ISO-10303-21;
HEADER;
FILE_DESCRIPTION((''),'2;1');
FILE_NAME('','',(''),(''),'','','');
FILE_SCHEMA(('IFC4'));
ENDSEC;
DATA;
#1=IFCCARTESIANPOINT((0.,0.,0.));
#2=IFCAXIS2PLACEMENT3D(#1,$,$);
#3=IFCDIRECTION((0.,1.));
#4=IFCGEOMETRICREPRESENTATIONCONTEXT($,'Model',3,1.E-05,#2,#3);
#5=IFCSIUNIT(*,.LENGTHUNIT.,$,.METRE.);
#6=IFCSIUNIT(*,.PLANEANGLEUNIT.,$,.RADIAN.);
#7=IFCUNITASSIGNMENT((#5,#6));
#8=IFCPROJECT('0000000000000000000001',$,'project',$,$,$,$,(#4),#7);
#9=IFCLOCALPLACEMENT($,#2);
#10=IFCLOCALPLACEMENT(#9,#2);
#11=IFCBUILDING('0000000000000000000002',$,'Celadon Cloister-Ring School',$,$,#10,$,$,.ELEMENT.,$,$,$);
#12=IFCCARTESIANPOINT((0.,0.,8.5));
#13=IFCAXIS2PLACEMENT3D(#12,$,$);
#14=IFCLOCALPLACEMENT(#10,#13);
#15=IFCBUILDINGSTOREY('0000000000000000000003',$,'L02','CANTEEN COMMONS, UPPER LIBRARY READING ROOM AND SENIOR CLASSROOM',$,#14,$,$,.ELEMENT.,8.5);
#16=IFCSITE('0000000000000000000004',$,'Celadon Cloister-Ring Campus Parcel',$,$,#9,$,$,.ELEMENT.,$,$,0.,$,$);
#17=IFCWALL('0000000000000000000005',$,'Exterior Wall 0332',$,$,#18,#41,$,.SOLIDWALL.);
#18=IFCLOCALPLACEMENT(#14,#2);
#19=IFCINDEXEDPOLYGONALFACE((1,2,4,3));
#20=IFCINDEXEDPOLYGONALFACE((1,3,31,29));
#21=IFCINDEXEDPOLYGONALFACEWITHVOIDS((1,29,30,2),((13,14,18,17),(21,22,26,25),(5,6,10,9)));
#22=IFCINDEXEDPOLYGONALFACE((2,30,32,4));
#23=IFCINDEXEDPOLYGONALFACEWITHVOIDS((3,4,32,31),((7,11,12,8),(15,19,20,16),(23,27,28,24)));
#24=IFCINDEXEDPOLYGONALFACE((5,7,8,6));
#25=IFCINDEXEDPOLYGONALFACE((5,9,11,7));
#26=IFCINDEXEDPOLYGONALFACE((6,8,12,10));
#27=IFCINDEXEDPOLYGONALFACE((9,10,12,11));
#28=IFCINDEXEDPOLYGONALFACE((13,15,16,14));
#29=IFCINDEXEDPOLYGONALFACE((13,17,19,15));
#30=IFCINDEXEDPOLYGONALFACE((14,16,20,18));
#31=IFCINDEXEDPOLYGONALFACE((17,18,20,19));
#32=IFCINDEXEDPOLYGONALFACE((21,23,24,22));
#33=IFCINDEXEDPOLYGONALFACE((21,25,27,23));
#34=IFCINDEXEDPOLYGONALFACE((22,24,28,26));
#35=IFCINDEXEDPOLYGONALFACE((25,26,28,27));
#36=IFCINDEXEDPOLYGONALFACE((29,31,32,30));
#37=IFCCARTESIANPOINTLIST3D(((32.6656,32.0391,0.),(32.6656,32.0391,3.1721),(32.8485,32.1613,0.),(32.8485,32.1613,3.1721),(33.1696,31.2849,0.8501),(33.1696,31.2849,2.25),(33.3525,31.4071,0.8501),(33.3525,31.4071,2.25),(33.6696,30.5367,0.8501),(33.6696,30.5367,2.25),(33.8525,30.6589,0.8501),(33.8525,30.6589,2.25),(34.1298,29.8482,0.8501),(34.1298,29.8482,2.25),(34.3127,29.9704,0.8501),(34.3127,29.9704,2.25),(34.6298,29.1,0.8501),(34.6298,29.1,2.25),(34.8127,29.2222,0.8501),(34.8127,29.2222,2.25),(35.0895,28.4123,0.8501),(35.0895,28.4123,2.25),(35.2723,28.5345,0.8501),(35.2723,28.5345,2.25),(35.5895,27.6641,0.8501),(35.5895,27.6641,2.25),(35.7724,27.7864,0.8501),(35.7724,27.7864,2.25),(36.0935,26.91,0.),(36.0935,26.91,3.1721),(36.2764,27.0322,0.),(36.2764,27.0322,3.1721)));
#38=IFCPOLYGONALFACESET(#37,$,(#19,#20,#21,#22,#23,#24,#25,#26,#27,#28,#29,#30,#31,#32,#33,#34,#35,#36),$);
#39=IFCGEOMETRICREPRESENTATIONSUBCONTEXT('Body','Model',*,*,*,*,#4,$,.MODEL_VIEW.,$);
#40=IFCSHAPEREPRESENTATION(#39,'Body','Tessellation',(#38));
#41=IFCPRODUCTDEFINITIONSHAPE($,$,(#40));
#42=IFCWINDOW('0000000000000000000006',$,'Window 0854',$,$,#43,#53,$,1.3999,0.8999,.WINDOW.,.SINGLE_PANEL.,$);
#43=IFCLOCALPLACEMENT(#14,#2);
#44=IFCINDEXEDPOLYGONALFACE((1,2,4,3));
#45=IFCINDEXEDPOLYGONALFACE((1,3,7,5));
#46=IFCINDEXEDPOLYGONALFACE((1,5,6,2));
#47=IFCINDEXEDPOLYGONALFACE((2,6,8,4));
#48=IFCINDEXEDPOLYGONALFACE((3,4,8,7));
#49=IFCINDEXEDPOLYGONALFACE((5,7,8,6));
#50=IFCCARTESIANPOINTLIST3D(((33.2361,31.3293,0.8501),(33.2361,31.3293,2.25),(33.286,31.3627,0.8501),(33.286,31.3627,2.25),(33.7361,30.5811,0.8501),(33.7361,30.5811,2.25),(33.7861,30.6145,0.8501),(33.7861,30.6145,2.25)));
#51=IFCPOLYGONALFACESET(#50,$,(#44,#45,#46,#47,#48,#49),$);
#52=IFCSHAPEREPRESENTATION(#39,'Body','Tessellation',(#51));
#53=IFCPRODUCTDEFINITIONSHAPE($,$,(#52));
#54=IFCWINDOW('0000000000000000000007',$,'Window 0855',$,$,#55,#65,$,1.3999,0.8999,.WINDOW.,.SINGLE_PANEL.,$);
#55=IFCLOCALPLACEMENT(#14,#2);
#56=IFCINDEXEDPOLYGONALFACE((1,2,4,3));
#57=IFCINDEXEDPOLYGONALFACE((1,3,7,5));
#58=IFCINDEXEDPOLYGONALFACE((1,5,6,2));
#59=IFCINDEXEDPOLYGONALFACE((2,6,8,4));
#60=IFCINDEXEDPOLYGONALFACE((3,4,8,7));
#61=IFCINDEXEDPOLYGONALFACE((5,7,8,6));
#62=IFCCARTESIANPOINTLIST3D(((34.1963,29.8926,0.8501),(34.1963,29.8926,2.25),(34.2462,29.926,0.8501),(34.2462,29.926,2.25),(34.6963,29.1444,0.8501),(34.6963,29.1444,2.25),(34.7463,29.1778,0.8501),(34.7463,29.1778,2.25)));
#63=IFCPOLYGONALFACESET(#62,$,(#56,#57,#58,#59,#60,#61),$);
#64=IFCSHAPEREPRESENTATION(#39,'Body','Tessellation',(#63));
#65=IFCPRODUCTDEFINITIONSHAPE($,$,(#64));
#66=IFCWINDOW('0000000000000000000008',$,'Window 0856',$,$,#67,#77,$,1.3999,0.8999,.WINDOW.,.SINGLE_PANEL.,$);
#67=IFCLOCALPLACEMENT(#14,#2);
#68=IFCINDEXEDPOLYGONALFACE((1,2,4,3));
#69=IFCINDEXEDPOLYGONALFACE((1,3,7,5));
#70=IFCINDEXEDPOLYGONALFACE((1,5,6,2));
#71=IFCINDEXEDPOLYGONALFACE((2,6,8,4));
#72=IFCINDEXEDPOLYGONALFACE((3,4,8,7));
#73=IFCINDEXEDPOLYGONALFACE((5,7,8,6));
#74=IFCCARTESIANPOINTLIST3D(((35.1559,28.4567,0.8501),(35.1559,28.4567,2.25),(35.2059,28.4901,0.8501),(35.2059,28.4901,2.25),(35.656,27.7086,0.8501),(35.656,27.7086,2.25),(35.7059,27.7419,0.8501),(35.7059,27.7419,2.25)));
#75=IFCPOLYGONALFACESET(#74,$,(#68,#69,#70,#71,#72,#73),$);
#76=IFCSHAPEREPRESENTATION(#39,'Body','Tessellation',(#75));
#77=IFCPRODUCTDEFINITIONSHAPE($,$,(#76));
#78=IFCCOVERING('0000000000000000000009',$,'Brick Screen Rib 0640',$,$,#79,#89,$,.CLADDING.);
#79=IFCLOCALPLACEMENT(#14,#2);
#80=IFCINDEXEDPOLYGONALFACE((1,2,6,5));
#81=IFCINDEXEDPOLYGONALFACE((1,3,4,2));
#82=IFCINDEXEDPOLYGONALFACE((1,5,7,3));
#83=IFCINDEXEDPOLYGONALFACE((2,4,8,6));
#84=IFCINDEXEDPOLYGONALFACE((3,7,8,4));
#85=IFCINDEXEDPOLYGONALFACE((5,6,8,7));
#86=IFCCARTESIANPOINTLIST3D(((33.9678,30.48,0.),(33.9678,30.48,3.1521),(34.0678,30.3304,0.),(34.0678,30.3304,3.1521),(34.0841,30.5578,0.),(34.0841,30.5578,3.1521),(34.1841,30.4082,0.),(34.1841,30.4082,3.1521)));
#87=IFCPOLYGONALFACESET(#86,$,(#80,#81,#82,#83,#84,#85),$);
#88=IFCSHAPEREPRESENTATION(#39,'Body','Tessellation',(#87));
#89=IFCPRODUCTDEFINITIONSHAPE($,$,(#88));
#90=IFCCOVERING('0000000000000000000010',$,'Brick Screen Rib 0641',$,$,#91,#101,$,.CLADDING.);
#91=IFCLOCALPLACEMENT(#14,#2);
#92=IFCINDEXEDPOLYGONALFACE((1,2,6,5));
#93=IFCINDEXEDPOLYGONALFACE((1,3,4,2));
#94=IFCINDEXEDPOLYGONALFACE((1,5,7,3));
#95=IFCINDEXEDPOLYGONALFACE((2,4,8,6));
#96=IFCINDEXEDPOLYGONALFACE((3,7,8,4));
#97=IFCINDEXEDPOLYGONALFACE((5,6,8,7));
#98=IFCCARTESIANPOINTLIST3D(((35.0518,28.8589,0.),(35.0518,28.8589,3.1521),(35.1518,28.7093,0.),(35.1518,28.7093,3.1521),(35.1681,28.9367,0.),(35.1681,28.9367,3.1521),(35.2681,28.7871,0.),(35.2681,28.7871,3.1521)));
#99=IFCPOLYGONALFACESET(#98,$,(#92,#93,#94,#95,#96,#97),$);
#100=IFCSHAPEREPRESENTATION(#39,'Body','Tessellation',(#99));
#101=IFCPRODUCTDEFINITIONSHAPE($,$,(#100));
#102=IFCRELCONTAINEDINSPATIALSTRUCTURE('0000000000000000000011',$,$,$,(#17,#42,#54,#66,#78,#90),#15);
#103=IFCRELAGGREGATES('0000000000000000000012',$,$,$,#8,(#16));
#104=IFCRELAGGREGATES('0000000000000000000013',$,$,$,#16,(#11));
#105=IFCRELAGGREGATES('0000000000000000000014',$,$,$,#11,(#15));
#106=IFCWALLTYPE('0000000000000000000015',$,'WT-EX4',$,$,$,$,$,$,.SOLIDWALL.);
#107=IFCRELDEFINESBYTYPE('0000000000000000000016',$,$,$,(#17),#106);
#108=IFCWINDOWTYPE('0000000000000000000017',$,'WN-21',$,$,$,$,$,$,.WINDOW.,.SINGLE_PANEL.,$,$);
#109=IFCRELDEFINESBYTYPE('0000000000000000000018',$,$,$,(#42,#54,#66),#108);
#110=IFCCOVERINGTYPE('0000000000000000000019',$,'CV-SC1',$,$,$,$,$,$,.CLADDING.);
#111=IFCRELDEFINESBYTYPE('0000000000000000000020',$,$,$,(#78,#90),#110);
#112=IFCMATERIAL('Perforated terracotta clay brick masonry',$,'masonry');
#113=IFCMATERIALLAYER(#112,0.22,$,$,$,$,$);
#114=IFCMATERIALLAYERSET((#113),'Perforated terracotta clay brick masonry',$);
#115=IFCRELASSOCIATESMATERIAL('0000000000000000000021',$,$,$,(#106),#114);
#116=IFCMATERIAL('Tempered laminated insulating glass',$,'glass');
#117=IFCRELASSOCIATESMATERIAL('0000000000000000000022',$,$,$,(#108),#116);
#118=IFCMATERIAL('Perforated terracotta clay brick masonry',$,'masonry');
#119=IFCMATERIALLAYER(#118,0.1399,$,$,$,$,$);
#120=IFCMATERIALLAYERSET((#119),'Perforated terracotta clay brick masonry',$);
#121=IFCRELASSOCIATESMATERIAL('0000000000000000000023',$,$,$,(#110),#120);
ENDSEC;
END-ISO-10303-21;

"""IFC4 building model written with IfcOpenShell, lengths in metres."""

from ifc_helpers import new_model, si_unit, direction, frame, frame_2d, origin, origin_2d, place, context, subcontext, project, spatial, rectangle, extrude, material, layer, layer_set, type_object, element, fill, save


model = new_model("IFC4")

# Units and contexts
model_context = context("Model", 3, precision=1e-05, world=origin(), true_north=direction((0.0, 1.0)))
body_context = subcontext(model_context, "Body", "Model", "MODEL_VIEW")
ifc_project = project(units=[si_unit("LENGTHUNIT", "METRE"), si_unit("PLANEANGLEUNIT", "RADIAN")], contexts=[model_context])

# Site, building, storey
site_placement = place(None, origin())
site = spatial("IfcSite", under=ifc_project, at=site_placement, Name="Celadon Cloister-Ring Campus Parcel", CompositionType="ELEMENT", RefElevation=0.0)
building_placement = place(site_placement, origin())
building = spatial("IfcBuilding", under=site, at=building_placement, Name="Celadon Cloister-Ring School", CompositionType="ELEMENT")
storey_placement = place(building_placement, frame((0.0, 0.0, 8.5)))
storey = spatial("IfcBuildingStorey", under=building, at=storey_placement, Name="L02", Description="CANTEEN COMMONS, UPPER LIBRARY READING ROOM AND SENIOR CLASSROOM", CompositionType="ELEMENT", Elevation=8.5)

# Wall, openings, windows
ifc_material_1 = material(Name="Perforated terracotta clay brick masonry", Category="masonry")
ifc_layer_1 = layer(ifc_material_1, 0.22)
ifc_layer_set_1 = layer_set([ifc_layer_1], Name="Perforated terracotta clay brick masonry")
wall_type = type_object("IfcWallType", Name="WT-EX4", PredefinedType="SOLIDWALL", material=ifc_layer_set_1)
ifc_material_2 = material(Name="Tempered laminated insulating glass", Category="glass")
window_type = type_object("IfcWindowType", Name="WN-21", PartitioningType="SINGLE_PANEL", PredefinedType="WINDOW", material=ifc_material_2)
wall_1_placement = place(storey_placement, frame((32.7571, 32.1001, 0.0), z_axis=(0.0, 0.0, 1.0), x_axis=(0.555659, -0.83141, 0.0)))
wall_1 = element("IfcWall", 1, at=wall_1_placement, inside=storey, type_object=wall_type, Name="Exterior Wall 0332", PredefinedType="SOLIDWALL", context=body_context, shape_type="SweptSolid", body=[
    extrude(rectangle(XDim=6.1692, YDim=0.22, at=frame_2d((3.0845, 0.0))), origin(), (0.0, 0.0, 1.0), 3.1721),
])
opening_1_placement = place(wall_1_placement, frame((0.907, 0.0, 0.8501)))
opening_1 = element("IfcOpeningElement", 2, at=opening_1_placement, cuts=wall_1, PredefinedType="OPENING", context=body_context, shape_type="SweptSolid", body=[
    extrude(rectangle(XDim=0.8999, YDim=1.3999, at=frame_2d((0.45, 0.7))), frame((0.0, 0.1201, 0.0), z_axis=(0.0, -1.0, 0.0), x_axis=(1.0, 0.0, 0.0)), (0.0, 0.0, 1.0), 0.24),
])
opening_2_placement = place(wall_1_placement, frame((2.635, 0.0, 0.8501)))
opening_2 = element("IfcOpeningElement", 3, at=opening_2_placement, cuts=wall_1, PredefinedType="OPENING", context=body_context, shape_type="SweptSolid", body=[
    extrude(rectangle(XDim=0.8999, YDim=1.3999, at=frame_2d((0.45, 0.7))), frame((0.0, 0.1201, 0.0), z_axis=(0.0, -1.0, 0.0), x_axis=(1.0, 0.0, 0.0)), (0.0, 0.0, 1.0), 0.24),
])
opening_3_placement = place(wall_1_placement, frame((4.3621, 0.0, 0.8501)))
opening_3 = element("IfcOpeningElement", 4, at=opening_3_placement, cuts=wall_1, PredefinedType="OPENING", context=body_context, shape_type="SweptSolid", body=[
    extrude(rectangle(XDim=0.8999, YDim=1.3999, at=frame_2d((0.45, 0.7))), frame((0.0, 0.1201, 0.0), z_axis=(0.0, -1.0, 0.0), x_axis=(1.0, 0.0, 0.0)), (0.0, 0.0, 1.0), 0.24),
])
window_1_placement = place(opening_1_placement, origin())
window_1 = element("IfcWindow", 5, at=window_1_placement, inside=storey, type_object=window_type, Name="Window 0854", OverallHeight=1.3999, OverallWidth=0.8999, PartitioningType="SINGLE_PANEL", PredefinedType="WINDOW", context=body_context, shape_type="SweptSolid", body=[
    extrude(rectangle(XDim=0.8999, YDim=1.3999, at=frame_2d((0.45, 0.7))), frame((0.0, 0.03, 0.0), z_axis=(0.0, -1.0, 0.0), x_axis=(1.0, 0.0, 0.0)), (0.0, 0.0, 1.0), 0.0601),
])
fill(opening_1, window_1)
window_2_placement = place(opening_2_placement, origin())
window_2 = element("IfcWindow", 6, at=window_2_placement, inside=storey, type_object=window_type, Name="Window 0855", OverallHeight=1.3999, OverallWidth=0.8999, PartitioningType="SINGLE_PANEL", PredefinedType="WINDOW", context=body_context, shape_type="SweptSolid", body=[
    extrude(rectangle(XDim=0.8999, YDim=1.3999, at=frame_2d((0.45, 0.7))), frame((0.0, 0.03, 0.0), z_axis=(0.0, -1.0, 0.0), x_axis=(1.0, 0.0, 0.0)), (0.0, 0.0, 1.0), 0.0601),
])
fill(opening_2, window_2)
window_3_placement = place(opening_3_placement, origin())
window_3 = element("IfcWindow", 7, at=window_3_placement, inside=storey, type_object=window_type, Name="Window 0856", OverallHeight=1.3999, OverallWidth=0.8999, PartitioningType="SINGLE_PANEL", PredefinedType="WINDOW", context=body_context, shape_type="SweptSolid", body=[
    extrude(rectangle(XDim=0.8999, YDim=1.3999, at=frame_2d((0.45, 0.7))), frame((0.0, 0.03, 0.0), z_axis=(0.0, -1.0, 0.0), x_axis=(1.0, 0.0, 0.0)), (0.0, 0.0, 1.0), 0.0601),
])
fill(opening_3, window_3)

# Coverings
ifc_material_3 = material(Name="Perforated terracotta clay brick masonry", Category="masonry")
ifc_layer_2 = layer(ifc_material_3, 0.1399)
ifc_layer_set_2 = layer_set([ifc_layer_2], Name="Perforated terracotta clay brick masonry")
covering_type = type_object("IfcCoveringType", Name="CV-SC1", PredefinedType="CLADDING", material=ifc_layer_set_2)
for number, where, z_axis, x_axis, name in (
    (8, (34.0759, 30.4441, 0.0), (0.0, 0.0, 1.0), (0.555672, -0.831402, 0.0), "Brick Screen Rib 0640"),
    (9, (35.1599, 28.823, 0.0), (0.0, 0.0, 1.0), (0.555672, -0.831402, 0.0), "Brick Screen Rib 0641"),
):
    element("IfcCovering", number, at=place(storey_placement, frame(where, z_axis=z_axis, x_axis=x_axis)), inside=storey, type_object=covering_type, Name=name, PredefinedType="CLADDING", context=body_context, shape_type="SweptSolid", body=[
        extrude(rectangle(XDim=0.1799, YDim=0.1399, at=origin_2d()), origin(), (0.0, 0.0, 1.0), 3.1521),
    ])

save(model, "model.ifc")
